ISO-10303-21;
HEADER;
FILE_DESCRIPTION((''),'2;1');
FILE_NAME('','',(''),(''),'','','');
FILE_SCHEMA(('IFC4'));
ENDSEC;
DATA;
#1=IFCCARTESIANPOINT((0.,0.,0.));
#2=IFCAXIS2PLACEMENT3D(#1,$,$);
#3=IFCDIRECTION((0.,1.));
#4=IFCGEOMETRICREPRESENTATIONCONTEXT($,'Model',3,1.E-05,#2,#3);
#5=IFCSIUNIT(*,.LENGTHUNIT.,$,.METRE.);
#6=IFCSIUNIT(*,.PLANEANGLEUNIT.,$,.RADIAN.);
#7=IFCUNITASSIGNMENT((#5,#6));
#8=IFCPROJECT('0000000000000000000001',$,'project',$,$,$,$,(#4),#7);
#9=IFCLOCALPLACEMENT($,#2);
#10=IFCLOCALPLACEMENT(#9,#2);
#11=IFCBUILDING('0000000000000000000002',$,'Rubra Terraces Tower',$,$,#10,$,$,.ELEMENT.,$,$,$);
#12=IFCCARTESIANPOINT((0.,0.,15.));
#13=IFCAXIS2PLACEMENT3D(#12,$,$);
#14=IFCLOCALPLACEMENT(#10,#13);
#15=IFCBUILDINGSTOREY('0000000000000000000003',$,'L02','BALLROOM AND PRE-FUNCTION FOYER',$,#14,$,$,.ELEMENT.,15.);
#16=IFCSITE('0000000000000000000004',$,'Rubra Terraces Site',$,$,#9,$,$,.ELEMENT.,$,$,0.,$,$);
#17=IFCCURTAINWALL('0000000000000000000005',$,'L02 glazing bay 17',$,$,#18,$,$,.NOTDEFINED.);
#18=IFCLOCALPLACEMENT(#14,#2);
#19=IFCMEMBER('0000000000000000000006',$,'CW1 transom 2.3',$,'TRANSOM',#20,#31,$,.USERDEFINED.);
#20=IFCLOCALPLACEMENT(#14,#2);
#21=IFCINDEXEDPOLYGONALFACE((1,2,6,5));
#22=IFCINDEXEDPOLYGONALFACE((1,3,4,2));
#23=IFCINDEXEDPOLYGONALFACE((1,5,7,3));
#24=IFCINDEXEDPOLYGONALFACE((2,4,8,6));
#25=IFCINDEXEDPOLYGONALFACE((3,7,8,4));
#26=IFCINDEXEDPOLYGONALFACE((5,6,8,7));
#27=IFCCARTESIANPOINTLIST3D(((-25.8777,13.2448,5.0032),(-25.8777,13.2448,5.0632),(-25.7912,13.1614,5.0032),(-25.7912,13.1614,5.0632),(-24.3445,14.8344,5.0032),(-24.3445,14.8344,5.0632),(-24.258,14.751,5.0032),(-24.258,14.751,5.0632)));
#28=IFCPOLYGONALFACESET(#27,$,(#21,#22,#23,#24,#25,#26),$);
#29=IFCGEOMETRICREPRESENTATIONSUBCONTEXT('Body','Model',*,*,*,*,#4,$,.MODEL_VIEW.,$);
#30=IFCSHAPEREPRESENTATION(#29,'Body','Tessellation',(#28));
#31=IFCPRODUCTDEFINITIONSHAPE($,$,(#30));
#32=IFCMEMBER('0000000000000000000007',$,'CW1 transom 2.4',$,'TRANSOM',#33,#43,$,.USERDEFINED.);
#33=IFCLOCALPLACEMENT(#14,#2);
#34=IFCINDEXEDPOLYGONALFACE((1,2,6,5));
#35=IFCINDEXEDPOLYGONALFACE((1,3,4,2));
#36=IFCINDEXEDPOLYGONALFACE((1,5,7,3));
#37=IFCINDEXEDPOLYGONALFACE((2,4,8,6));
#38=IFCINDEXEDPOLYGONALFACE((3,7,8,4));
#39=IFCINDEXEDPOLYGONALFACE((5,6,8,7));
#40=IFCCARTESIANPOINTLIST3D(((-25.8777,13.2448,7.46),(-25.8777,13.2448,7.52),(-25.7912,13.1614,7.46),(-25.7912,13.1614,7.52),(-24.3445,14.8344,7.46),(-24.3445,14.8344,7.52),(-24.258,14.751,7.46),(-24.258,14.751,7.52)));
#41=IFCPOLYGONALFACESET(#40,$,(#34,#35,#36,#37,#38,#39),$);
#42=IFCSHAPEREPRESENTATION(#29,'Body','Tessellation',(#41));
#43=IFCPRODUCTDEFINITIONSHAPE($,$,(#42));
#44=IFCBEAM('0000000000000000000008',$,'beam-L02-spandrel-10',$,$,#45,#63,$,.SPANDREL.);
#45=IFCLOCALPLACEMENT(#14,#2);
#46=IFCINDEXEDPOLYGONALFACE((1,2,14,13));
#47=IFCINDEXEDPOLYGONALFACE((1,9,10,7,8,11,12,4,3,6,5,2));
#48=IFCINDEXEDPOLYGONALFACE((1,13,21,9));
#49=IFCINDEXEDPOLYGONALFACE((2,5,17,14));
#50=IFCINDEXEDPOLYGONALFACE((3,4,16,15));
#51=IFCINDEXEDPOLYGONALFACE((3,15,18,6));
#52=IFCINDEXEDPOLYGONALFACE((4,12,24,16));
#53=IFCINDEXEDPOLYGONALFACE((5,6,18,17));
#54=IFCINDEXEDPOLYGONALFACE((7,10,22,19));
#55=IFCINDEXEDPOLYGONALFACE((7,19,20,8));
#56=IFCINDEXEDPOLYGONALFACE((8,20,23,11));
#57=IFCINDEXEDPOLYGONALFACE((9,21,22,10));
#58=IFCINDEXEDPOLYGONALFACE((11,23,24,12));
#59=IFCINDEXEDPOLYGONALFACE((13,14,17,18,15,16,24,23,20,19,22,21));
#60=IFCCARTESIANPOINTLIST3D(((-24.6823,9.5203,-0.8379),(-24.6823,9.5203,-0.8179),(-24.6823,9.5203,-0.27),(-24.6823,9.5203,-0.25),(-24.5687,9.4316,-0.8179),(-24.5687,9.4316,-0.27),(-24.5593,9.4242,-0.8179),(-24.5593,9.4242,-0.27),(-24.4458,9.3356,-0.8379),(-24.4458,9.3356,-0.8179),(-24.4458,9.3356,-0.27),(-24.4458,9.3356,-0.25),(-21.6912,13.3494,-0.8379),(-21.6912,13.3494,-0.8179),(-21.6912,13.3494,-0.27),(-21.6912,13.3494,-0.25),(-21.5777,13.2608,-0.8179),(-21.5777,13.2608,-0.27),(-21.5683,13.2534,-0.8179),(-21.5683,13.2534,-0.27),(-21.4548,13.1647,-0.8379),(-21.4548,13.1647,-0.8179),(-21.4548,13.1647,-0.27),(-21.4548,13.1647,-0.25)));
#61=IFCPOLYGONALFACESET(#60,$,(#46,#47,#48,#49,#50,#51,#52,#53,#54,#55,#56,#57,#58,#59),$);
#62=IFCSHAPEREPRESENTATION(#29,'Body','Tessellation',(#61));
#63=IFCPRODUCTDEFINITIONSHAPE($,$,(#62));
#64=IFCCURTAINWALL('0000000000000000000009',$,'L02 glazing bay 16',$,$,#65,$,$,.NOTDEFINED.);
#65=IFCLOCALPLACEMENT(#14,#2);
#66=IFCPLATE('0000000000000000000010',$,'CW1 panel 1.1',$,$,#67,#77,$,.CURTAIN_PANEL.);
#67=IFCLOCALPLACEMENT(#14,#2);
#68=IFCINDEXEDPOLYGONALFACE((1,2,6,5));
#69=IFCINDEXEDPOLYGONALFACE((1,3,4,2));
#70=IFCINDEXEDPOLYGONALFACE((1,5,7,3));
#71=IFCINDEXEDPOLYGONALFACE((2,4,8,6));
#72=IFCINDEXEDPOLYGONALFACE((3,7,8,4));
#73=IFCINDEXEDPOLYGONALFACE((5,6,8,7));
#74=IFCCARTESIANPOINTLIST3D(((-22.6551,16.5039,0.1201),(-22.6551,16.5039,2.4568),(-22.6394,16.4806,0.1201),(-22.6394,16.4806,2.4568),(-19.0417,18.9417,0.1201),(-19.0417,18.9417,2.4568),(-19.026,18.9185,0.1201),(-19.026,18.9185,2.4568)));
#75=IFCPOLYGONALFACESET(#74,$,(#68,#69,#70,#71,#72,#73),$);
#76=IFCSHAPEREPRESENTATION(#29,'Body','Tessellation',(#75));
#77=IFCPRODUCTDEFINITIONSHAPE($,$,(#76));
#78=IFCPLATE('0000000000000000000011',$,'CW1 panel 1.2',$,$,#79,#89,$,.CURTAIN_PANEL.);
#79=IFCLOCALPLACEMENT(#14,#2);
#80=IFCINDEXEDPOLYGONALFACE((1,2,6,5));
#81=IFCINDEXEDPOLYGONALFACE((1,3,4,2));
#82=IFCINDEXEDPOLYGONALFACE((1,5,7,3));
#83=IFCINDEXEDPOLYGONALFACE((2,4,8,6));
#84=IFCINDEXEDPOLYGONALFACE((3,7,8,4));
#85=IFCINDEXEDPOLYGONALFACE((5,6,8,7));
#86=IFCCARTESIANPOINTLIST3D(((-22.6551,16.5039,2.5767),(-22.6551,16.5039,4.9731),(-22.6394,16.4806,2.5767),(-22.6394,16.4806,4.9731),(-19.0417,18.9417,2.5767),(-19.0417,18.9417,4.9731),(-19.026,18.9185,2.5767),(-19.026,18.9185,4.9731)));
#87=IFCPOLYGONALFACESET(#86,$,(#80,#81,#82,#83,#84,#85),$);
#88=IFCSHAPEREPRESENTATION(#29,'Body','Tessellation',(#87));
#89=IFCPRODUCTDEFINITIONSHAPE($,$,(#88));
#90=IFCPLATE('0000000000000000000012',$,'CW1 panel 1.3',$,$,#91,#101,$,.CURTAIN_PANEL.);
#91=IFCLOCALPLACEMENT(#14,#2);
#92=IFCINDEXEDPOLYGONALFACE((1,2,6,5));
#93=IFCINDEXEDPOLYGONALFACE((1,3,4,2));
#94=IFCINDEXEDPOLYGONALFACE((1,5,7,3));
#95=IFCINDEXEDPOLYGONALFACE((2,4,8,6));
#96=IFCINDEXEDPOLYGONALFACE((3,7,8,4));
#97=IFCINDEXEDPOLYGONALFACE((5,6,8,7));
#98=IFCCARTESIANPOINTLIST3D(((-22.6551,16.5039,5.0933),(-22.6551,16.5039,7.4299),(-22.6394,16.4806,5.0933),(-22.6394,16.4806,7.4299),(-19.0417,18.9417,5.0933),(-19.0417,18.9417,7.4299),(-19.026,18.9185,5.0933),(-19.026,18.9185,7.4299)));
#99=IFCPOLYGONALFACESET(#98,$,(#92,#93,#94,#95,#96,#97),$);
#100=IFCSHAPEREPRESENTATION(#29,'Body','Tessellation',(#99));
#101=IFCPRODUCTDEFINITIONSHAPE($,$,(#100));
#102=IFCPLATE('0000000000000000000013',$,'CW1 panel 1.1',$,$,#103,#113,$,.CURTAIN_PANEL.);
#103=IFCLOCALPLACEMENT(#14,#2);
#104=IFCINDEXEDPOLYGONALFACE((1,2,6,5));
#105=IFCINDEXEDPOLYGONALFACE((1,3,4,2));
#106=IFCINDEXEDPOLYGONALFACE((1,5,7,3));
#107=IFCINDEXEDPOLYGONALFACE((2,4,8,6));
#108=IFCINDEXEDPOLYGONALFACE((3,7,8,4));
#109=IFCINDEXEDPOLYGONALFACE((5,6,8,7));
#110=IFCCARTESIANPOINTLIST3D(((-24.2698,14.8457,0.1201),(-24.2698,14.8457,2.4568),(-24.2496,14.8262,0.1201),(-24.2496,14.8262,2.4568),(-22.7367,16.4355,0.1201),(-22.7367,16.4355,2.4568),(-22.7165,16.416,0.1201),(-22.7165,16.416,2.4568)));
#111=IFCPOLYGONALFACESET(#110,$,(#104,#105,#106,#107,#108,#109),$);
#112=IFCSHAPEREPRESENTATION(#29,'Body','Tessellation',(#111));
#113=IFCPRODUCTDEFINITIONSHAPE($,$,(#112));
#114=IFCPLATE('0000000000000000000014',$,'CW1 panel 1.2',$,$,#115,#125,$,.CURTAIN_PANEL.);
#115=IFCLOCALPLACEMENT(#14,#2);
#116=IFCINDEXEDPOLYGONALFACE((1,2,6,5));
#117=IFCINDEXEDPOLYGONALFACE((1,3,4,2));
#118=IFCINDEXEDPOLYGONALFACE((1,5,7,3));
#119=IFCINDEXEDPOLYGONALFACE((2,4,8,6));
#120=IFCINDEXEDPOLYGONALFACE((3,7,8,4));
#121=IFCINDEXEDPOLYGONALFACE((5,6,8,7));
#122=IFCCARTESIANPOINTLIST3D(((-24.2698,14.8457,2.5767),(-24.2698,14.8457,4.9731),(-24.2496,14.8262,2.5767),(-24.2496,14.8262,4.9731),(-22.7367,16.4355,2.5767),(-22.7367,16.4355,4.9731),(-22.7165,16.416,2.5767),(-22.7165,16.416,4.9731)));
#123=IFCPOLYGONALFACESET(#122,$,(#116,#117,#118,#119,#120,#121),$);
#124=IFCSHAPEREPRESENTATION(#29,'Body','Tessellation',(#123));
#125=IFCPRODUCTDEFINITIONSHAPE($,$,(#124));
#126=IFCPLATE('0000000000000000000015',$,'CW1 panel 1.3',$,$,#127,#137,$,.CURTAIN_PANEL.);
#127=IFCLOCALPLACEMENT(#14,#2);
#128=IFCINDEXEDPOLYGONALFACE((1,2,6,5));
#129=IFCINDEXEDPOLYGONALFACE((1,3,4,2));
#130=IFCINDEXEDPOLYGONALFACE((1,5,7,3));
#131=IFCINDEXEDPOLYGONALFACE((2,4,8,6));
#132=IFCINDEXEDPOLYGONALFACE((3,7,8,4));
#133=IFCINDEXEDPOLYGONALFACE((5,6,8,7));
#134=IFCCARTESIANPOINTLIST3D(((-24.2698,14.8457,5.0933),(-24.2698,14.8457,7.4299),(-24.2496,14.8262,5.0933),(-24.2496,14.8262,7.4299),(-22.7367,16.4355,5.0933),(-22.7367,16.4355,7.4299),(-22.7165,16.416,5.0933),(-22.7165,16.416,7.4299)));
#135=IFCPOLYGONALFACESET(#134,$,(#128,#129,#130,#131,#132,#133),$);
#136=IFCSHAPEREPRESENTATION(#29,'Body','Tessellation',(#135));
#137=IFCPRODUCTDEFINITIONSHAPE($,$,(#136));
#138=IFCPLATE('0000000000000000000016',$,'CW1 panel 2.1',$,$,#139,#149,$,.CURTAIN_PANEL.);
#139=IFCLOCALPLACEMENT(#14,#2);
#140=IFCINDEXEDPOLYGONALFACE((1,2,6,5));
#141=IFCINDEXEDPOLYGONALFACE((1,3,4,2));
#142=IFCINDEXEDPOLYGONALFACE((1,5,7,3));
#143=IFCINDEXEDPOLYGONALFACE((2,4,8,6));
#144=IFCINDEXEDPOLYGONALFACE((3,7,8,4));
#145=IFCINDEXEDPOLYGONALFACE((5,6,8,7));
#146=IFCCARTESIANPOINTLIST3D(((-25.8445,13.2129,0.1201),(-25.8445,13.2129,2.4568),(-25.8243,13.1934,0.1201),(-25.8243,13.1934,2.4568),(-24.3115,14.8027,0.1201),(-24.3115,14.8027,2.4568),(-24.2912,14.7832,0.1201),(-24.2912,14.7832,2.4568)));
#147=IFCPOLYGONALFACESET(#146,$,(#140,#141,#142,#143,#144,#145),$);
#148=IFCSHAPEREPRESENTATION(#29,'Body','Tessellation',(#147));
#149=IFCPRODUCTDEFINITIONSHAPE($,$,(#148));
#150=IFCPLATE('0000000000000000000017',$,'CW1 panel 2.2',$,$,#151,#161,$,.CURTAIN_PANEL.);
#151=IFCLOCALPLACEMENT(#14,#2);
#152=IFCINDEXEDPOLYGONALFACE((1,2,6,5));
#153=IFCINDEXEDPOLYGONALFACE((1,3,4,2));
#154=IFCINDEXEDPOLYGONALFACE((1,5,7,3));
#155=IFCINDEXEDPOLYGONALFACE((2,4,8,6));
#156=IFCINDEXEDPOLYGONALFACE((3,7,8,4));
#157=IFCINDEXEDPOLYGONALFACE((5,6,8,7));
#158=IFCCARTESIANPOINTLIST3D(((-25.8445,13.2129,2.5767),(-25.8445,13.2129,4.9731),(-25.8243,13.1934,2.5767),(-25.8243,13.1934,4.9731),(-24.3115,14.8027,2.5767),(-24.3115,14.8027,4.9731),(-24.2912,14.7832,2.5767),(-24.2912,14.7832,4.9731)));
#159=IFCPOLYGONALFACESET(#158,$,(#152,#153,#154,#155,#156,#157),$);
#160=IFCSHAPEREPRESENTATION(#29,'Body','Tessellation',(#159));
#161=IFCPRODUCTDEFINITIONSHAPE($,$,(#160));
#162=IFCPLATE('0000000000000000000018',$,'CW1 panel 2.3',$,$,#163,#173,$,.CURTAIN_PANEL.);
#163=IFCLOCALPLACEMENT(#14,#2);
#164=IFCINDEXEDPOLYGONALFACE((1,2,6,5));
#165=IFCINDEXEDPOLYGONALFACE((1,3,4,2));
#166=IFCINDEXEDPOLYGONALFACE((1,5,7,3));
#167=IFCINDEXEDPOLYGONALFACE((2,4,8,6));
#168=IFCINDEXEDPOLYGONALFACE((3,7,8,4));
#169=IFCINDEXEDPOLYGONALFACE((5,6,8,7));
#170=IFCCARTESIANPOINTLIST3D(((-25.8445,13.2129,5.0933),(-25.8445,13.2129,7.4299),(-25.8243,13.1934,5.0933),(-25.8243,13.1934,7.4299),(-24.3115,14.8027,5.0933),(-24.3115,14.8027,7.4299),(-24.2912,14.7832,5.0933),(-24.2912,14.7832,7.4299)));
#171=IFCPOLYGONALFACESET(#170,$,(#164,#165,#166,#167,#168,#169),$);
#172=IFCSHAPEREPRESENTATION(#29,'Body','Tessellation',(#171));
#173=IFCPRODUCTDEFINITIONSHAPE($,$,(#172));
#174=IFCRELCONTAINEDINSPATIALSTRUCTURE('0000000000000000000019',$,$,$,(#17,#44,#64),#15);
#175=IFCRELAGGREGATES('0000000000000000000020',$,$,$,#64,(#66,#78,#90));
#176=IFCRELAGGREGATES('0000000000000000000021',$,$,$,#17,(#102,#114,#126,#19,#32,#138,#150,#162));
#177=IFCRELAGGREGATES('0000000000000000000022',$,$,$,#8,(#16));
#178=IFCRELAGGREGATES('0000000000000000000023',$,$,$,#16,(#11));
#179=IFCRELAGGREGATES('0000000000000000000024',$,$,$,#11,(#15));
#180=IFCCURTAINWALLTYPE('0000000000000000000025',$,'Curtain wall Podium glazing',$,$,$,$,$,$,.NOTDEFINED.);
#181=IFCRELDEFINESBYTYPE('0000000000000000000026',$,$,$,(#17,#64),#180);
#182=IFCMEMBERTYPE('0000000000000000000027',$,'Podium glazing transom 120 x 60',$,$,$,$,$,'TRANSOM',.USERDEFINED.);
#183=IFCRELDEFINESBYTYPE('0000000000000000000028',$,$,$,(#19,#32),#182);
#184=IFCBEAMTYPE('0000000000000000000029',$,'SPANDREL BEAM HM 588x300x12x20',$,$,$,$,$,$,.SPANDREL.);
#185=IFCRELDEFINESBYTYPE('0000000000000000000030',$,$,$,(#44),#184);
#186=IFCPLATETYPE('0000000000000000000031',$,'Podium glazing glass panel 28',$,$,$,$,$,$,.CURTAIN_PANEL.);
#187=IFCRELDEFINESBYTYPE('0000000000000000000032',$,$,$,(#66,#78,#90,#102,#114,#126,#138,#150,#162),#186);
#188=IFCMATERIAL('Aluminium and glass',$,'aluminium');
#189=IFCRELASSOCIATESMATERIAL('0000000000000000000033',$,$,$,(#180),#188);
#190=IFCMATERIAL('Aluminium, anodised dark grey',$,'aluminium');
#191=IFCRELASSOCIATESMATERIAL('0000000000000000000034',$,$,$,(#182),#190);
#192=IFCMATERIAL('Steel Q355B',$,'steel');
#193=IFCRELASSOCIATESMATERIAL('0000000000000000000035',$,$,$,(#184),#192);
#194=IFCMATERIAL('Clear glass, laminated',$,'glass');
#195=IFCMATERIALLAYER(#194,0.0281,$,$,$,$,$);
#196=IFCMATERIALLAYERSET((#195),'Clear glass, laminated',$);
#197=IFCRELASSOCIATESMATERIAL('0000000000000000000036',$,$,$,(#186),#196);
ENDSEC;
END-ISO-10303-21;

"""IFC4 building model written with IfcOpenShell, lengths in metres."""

from ifc_helpers import new_model, si_unit, direction, frame, origin, origin_2d, place, context, subcontext, project, spatial, rectangle, i_section, extrude, material, layer, layer_set, material_profile, profile_set, type_object, element, aggregate, save


model = new_model("IFC4")

# Units and contexts
model_context = context("Model", 3, precision=1e-05, world=origin(), true_north=direction((0.0, 1.0)))
body_context = subcontext(model_context, "Body", "Model", "MODEL_VIEW")
ifc_project = project(units=[si_unit("LENGTHUNIT", "METRE"), si_unit("PLANEANGLEUNIT", "RADIAN")], contexts=[model_context])

# Site, building, storey
site_placement = place(None, origin())
site = spatial("IfcSite", under=ifc_project, at=site_placement, Name="Rubra Terraces Site", CompositionType="ELEMENT", RefElevation=0.0)
building_placement = place(site_placement, origin())
building = spatial("IfcBuilding", under=site, at=building_placement, Name="Rubra Terraces Tower", CompositionType="ELEMENT")
storey_placement = place(building_placement, frame((0.0, 0.0, 15.0)))
storey = spatial("IfcBuildingStorey", under=building, at=storey_placement, Name="L02", Description="BALLROOM AND PRE-FUNCTION FOYER", CompositionType="ELEMENT", Elevation=15.0)

# Shared definitions
ifc_material_1 = material(Name="Steel Q355B", Category="steel")

# Curtain wall
ifc_material_2 = material(Name="Aluminium and glass", Category="aluminium")
curtain_wall_type = type_object("IfcCurtainWallType", Name="Curtain wall Podium glazing", PredefinedType="NOTDEFINED", material=ifc_material_2)
curtain_wall_1_placement = place(storey_placement, origin())
curtain_wall_1 = element("IfcCurtainWall", 1, at=curtain_wall_1_placement, inside=storey, type_object=curtain_wall_type, Name="L02 glazing bay 17", PredefinedType="NOTDEFINED")
ifc_material_3 = material(Name="Aluminium, anodised dark grey", Category="aluminium")

# Members
ifc_material_profile_1 = material_profile(ifc_material_3, rectangle(XDim=0.1201, YDim=0.0601, at=origin_2d()), Name="AL 120x60")
ifc_profile_set_1 = profile_set([ifc_material_profile_1], Name="Aluminium, anodised dark grey")
member_type_1 = type_object("IfcMemberType", Name="Podium glazing transom 120 x 60", ElementType="TRANSOM", PredefinedType="USERDEFINED", material=ifc_profile_set_1)
member_1_placement = place(storey_placement, frame((-24.3013, 14.7927, 5.0332), z_axis=(-0.694224, -0.719759, 0.0), x_axis=(0.719759, -0.694224, 0.0)))
member_1 = element("IfcMember", 2, at=member_1_placement, type_object=member_type_1, Name="CW1 transom 2.3", ObjectType="TRANSOM", PredefinedType="USERDEFINED", context=body_context, shape_type="SweptSolid", body=[
    extrude(rectangle(XDim=0.1201, YDim=0.0601, at=origin_2d()), origin(), (0.0, 0.0, 1.0), 2.2085),
])
member_2_placement = place(storey_placement, frame((-24.3013, 14.7927, 7.49), z_axis=(-0.694224, -0.719759, 0.0), x_axis=(0.719759, -0.694224, 0.0)))
member_2 = element("IfcMember", 3, at=member_2_placement, type_object=member_type_1, Name="CW1 transom 2.4", ObjectType="TRANSOM", PredefinedType="USERDEFINED", context=body_context, shape_type="SweptSolid", body=[
    extrude(rectangle(XDim=0.1201, YDim=0.0601, at=origin_2d()), origin(), (0.0, 0.0, 1.0), 2.2085),
])

# Beam
ifc_material_profile_2 = material_profile(ifc_material_1, i_section(OverallWidth=0.3, OverallDepth=0.5879, WebThickness=0.012, FlangeThickness=0.02, at=origin_2d()), Name="HM 588x300x12x20")
ifc_profile_set_2 = profile_set([ifc_material_profile_2], Name="Steel Q355B")
beam_type_1 = type_object("IfcBeamType", Name="SPANDREL BEAM HM 588x300x12x20", PredefinedType="SPANDREL", material=ifc_profile_set_2)
beam_1_placement = place(storey_placement, frame((-21.573, 13.2571, -0.5439), z_axis=(-0.615578, -0.788076, 0.0), x_axis=(0.788076, -0.615578, 0.0)))
element("IfcBeam", 4, at=beam_1_placement, inside=storey, type_object=beam_type_1, Name="beam-L02-spandrel-10", PredefinedType="SPANDREL", context=body_context, shape_type="SweptSolid", body=[
    extrude(i_section(OverallWidth=0.3, OverallDepth=0.5879, WebThickness=0.012, FlangeThickness=0.02, at=origin_2d()), origin(), (0.0, 0.0, 1.0), 4.8589),
])

# Curtain wall, plates
curtain_wall_2_placement = place(storey_placement, origin())
curtain_wall_2 = element("IfcCurtainWall", 5, at=curtain_wall_2_placement, inside=storey, type_object=curtain_wall_type, Name="L02 glazing bay 16", PredefinedType="NOTDEFINED")
ifc_material_4 = material(Name="Clear glass, laminated", Category="glass")
ifc_layer = layer(ifc_material_4, 0.0281)
ifc_layer_set = layer_set([ifc_layer], Name="Clear glass, laminated")
plate_type = type_object("IfcPlateType", Name="Podium glazing glass panel 28", PredefinedType="CURTAIN_PANEL", material=ifc_layer_set)
plate_1_placement = place(storey_placement, frame((-20.8406, 17.7112, 0.1201), z_axis=(0.0, 0.0, 1.0), x_axis=(-0.828981, -0.559277, 0.0)))
plate_1 = element("IfcPlate", 6, at=plate_1_placement, type_object=plate_type, Name="CW1 panel 1.1", PredefinedType="CURTAIN_PANEL", context=body_context, shape_type="SweptSolid", body=[
    extrude(rectangle(XDim=4.3589, YDim=0.0281, at=origin_2d()), origin(), (0.0, 0.0, 1.0), 2.3367),
])
plate_2_placement = place(storey_placement, frame((-20.8406, 17.7112, 2.5767), z_axis=(0.0, 0.0, 1.0), x_axis=(-0.828981, -0.559277, 0.0)))
plate_2 = element("IfcPlate", 7, at=plate_2_placement, type_object=plate_type, Name="CW1 panel 1.2", PredefinedType="CURTAIN_PANEL", context=body_context, shape_type="SweptSolid", body=[
    extrude(rectangle(XDim=4.3589, YDim=0.0281, at=origin_2d()), origin(), (0.0, 0.0, 1.0), 2.3965),
])
plate_3_placement = place(storey_placement, frame((-20.8406, 17.7112, 5.0933), z_axis=(0.0, 0.0, 1.0), x_axis=(-0.828981, -0.559277, 0.0)))
plate_3 = element("IfcPlate", 8, at=plate_3_placement, type_object=plate_type, Name="CW1 panel 1.3", PredefinedType="CURTAIN_PANEL", context=body_context, shape_type="SweptSolid", body=[
    extrude(rectangle(XDim=4.3589, YDim=0.0281, at=origin_2d()), origin(), (0.0, 0.0, 1.0), 2.3367),
])
aggregate(curtain_wall_2, [plate_1, plate_2, plate_3])

# Plates
plate_4_placement = place(storey_placement, frame((-23.4932, 15.6309, 0.1201), z_axis=(0.0, 0.0, 1.0), x_axis=(-0.694156, -0.719825, 0.0)))
plate_4 = element("IfcPlate", 9, at=plate_4_placement, type_object=plate_type, Name="CW1 panel 1.1", PredefinedType="CURTAIN_PANEL", context=body_context, shape_type="SweptSolid", body=[
    extrude(rectangle(XDim=2.2085, YDim=0.0281, at=origin_2d()), origin(), (0.0, 0.0, 1.0), 2.3367),
])
plate_5_placement = place(storey_placement, frame((-23.4932, 15.6309, 2.5767), z_axis=(0.0, 0.0, 1.0), x_axis=(-0.694156, -0.719825, 0.0)))
plate_5 = element("IfcPlate", 10, at=plate_5_placement, type_object=plate_type, Name="CW1 panel 1.2", PredefinedType="CURTAIN_PANEL", context=body_context, shape_type="SweptSolid", body=[
    extrude(rectangle(XDim=2.2085, YDim=0.0281, at=origin_2d()), origin(), (0.0, 0.0, 1.0), 2.3965),
])
plate_6_placement = place(storey_placement, frame((-23.4932, 15.6309, 5.0933), z_axis=(0.0, 0.0, 1.0), x_axis=(-0.694156, -0.719825, 0.0)))
plate_6 = element("IfcPlate", 11, at=plate_6_placement, type_object=plate_type, Name="CW1 panel 1.3", PredefinedType="CURTAIN_PANEL", context=body_context, shape_type="SweptSolid", body=[
    extrude(rectangle(XDim=2.2085, YDim=0.0281, at=origin_2d()), origin(), (0.0, 0.0, 1.0), 2.3367),
])
plate_7_placement = place(storey_placement, frame((-25.0679, 13.998, 0.1201), z_axis=(0.0, 0.0, 1.0), x_axis=(-0.694156, -0.719825, 0.0)))
plate_7 = element("IfcPlate", 12, at=plate_7_placement, type_object=plate_type, Name="CW1 panel 2.1", PredefinedType="CURTAIN_PANEL", context=body_context, shape_type="SweptSolid", body=[
    extrude(rectangle(XDim=2.2085, YDim=0.0281, at=origin_2d()), origin(), (0.0, 0.0, 1.0), 2.3367),
])
plate_8_placement = place(storey_placement, frame((-25.0679, 13.998, 2.5767), z_axis=(0.0, 0.0, 1.0), x_axis=(-0.694156, -0.719825, 0.0)))
plate_8 = element("IfcPlate", 13, at=plate_8_placement, type_object=plate_type, Name="CW1 panel 2.2", PredefinedType="CURTAIN_PANEL", context=body_context, shape_type="SweptSolid", body=[
    extrude(rectangle(XDim=2.2085, YDim=0.0281, at=origin_2d()), origin(), (0.0, 0.0, 1.0), 2.3965),
])
plate_9_placement = place(storey_placement, frame((-25.0679, 13.998, 5.0933), z_axis=(0.0, 0.0, 1.0), x_axis=(-0.694156, -0.719825, 0.0)))
plate_9 = element("IfcPlate", 14, at=plate_9_placement, type_object=plate_type, Name="CW1 panel 2.3", PredefinedType="CURTAIN_PANEL", context=body_context, shape_type="SweptSolid", body=[
    extrude(rectangle(XDim=2.2085, YDim=0.0281, at=origin_2d()), origin(), (0.0, 0.0, 1.0), 2.3367),
])
aggregate(curtain_wall_1, [plate_4, plate_5, plate_6, member_1, member_2, plate_7, plate_8, plate_9])

save(model, "model.ifc")
